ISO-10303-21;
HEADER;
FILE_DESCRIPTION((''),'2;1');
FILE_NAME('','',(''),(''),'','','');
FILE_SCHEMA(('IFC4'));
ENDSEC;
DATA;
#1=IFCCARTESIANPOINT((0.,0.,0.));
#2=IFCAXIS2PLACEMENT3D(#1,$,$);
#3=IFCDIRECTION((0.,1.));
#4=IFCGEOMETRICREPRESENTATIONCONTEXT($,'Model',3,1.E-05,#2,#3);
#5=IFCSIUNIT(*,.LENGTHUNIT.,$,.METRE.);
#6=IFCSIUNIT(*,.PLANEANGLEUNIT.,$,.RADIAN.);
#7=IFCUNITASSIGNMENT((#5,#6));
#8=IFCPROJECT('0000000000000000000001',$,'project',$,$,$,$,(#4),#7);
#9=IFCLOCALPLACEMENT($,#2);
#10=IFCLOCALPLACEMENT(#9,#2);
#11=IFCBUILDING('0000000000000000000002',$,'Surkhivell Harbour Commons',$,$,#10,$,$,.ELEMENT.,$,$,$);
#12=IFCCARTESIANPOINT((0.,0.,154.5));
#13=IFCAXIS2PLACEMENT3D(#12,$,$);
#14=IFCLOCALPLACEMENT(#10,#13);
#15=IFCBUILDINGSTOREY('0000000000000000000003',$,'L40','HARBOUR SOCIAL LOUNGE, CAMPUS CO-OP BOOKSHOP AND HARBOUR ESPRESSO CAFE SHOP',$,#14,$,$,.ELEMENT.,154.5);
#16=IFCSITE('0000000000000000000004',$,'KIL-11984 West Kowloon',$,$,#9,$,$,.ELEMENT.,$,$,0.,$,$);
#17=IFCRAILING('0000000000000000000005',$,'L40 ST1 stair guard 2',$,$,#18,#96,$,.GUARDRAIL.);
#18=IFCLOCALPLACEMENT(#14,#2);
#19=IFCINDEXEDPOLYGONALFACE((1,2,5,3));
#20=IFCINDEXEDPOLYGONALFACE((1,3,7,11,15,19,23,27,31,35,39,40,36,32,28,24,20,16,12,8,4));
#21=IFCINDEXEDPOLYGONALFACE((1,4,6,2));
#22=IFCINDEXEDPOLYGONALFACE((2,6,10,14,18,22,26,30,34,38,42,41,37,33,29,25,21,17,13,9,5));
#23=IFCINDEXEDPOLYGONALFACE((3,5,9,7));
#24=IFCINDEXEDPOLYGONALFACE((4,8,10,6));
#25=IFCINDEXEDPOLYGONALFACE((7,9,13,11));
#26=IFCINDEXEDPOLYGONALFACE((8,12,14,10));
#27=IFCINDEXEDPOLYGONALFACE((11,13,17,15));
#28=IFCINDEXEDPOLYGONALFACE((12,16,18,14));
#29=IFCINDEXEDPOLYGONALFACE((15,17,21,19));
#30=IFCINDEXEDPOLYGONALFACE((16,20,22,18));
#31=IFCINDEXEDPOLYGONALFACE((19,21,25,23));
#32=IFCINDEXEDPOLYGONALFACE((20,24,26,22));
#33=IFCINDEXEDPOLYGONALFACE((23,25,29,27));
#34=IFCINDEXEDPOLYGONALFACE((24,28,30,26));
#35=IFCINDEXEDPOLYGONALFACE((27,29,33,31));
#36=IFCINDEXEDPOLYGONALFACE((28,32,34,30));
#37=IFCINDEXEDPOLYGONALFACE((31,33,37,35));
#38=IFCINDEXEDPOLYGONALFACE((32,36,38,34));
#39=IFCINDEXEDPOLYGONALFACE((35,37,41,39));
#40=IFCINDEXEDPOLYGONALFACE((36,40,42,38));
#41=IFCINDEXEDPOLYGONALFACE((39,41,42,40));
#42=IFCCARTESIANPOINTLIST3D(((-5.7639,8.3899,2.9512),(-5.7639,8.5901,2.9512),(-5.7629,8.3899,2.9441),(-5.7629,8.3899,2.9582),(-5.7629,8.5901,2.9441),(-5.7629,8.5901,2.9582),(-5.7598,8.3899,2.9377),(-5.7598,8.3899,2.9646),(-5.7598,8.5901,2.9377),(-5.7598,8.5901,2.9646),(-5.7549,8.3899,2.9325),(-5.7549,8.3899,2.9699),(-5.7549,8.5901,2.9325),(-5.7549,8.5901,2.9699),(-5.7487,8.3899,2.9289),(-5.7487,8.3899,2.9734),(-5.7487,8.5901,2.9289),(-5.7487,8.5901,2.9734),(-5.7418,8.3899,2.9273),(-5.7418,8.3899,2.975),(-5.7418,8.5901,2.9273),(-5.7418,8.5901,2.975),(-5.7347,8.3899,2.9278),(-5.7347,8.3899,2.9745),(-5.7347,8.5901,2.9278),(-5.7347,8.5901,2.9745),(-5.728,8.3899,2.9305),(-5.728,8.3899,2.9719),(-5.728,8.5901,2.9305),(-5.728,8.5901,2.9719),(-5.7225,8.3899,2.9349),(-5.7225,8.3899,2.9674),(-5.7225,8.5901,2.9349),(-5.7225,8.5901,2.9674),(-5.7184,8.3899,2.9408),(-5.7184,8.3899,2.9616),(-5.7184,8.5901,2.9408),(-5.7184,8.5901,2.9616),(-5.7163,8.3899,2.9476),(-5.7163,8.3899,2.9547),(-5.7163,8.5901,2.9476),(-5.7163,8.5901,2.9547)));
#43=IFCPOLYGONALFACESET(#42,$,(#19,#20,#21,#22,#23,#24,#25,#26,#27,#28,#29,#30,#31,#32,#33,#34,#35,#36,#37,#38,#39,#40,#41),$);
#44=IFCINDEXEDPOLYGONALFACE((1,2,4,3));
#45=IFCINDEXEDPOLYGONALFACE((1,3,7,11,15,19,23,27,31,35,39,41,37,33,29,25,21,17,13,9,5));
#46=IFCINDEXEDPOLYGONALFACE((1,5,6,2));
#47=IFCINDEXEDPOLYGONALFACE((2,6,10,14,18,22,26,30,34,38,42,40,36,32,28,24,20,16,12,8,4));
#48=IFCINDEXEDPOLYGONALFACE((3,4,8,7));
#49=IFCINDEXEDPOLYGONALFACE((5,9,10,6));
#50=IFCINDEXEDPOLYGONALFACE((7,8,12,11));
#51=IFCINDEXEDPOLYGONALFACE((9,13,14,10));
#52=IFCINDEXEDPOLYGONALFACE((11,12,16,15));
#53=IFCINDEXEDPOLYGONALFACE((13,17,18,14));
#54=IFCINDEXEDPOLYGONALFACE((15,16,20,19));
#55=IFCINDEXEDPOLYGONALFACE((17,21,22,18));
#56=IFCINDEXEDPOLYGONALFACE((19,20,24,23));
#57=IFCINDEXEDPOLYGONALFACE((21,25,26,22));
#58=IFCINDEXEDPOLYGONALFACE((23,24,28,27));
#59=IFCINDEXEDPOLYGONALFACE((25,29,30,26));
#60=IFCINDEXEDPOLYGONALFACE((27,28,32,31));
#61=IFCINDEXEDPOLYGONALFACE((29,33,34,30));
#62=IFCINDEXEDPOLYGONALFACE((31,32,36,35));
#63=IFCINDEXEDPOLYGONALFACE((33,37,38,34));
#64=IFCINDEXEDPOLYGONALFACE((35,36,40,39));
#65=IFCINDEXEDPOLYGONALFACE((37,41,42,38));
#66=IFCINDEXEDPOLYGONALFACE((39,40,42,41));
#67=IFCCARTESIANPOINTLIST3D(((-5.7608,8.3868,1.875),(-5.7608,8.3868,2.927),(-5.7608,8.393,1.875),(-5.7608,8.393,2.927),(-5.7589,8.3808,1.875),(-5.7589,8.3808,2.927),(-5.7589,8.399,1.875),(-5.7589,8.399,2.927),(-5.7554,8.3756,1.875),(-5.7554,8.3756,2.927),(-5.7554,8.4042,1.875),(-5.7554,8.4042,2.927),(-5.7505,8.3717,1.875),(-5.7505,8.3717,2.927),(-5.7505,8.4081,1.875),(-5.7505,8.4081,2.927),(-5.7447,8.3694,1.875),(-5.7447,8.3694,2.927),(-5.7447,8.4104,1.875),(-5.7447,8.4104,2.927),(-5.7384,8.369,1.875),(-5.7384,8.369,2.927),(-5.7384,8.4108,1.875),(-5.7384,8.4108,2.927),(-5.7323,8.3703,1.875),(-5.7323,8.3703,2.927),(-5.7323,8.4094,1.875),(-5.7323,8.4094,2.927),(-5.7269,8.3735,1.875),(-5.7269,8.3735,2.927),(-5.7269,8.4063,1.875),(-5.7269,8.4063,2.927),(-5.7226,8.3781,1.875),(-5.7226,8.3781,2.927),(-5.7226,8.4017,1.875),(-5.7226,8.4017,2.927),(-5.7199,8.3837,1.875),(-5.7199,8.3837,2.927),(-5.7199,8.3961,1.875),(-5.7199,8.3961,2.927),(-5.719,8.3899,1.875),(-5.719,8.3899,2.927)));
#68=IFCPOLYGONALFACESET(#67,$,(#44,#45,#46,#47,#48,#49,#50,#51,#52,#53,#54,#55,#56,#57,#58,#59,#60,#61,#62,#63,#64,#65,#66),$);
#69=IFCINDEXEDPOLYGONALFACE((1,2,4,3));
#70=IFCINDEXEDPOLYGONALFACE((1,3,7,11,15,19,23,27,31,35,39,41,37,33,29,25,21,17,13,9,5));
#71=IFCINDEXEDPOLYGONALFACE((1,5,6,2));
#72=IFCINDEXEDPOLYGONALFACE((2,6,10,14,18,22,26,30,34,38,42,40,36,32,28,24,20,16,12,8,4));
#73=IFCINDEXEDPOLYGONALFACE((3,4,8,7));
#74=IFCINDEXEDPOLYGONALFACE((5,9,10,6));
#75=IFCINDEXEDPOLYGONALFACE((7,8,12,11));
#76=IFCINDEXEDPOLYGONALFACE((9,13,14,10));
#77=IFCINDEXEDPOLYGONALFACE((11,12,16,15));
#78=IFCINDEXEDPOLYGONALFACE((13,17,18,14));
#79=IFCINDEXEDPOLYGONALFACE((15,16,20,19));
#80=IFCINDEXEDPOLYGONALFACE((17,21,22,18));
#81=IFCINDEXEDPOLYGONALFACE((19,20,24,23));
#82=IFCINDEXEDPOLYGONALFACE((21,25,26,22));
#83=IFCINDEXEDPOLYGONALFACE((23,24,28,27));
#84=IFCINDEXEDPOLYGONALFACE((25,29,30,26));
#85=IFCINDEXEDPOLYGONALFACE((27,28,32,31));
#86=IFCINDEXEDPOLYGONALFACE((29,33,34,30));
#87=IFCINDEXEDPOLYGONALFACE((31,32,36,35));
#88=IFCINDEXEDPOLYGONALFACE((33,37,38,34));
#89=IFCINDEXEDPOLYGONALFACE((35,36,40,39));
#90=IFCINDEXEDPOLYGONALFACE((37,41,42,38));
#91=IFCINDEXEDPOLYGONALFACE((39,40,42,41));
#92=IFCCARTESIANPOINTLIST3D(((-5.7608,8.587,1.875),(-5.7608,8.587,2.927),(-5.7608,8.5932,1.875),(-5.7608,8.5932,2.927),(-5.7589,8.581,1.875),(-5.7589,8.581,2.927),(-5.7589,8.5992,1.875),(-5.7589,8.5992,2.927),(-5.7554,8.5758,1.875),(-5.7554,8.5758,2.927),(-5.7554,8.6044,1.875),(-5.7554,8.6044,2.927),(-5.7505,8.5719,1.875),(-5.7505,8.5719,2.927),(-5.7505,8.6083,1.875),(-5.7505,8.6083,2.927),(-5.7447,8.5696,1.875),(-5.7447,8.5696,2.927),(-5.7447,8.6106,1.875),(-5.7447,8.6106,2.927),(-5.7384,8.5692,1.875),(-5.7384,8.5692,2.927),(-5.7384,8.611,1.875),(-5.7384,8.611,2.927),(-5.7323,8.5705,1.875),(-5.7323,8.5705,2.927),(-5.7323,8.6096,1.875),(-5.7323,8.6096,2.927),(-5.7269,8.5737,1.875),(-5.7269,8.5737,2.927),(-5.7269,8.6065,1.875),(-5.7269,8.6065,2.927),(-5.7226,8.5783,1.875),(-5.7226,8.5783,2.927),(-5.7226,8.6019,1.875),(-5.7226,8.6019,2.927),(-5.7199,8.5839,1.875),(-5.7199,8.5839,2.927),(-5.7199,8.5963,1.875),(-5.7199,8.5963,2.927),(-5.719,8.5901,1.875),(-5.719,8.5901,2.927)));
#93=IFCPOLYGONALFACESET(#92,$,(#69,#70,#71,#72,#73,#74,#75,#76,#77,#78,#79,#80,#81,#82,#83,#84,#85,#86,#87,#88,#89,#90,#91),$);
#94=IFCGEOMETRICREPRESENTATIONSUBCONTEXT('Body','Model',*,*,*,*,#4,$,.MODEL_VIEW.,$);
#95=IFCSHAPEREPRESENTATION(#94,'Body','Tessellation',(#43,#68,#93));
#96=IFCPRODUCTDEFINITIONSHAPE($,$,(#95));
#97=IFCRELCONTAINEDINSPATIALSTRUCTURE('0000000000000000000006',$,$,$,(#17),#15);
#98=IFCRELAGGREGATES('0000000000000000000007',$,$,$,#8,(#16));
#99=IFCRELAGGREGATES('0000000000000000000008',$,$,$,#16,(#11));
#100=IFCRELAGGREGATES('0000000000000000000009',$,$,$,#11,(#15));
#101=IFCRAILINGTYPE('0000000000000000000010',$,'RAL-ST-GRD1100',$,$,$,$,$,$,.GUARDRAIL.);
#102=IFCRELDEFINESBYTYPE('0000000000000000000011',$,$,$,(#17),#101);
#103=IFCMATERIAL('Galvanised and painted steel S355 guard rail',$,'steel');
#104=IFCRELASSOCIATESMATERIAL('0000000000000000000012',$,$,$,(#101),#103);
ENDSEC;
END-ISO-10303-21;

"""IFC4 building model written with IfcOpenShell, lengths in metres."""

from ifc_helpers import new_model, si_unit, direction, frame, origin, origin_2d, place, context, subcontext, project, spatial, circle, extrude, material, type_object, element, save


model = new_model("IFC4")

# Units and contexts
model_context = context("Model", 3, precision=1e-05, world=origin(), true_north=direction((0.0, 1.0)))
body_context = subcontext(model_context, "Body", "Model", "MODEL_VIEW")
ifc_project = project(units=[si_unit("LENGTHUNIT", "METRE"), si_unit("PLANEANGLEUNIT", "RADIAN")], contexts=[model_context])

# Site, building, storey
site_placement = place(None, origin())
site = spatial("IfcSite", under=ifc_project, at=site_placement, Name="KIL-11984 West Kowloon", CompositionType="ELEMENT", RefElevation=0.0)
building_placement = place(site_placement, origin())
building = spatial("IfcBuilding", under=site, at=building_placement, Name="Surkhivell Harbour Commons", CompositionType="ELEMENT")
storey_placement = place(building_placement, frame((0.0, 0.0, 154.5)))
storey = spatial("IfcBuildingStorey", under=building, at=storey_placement, Name="L40", Description="HARBOUR SOCIAL LOUNGE, CAMPUS CO-OP BOOKSHOP AND HARBOUR ESPRESSO CAFE SHOP", CompositionType="ELEMENT", Elevation=154.5)

# Railing
ifc_material_1 = material(Name="Galvanised and painted steel S355 guard rail", Category="steel")
railing_type_1 = type_object("IfcRailingType", Name="RAL-ST-GRD1100", PredefinedType="GUARDRAIL", material=ifc_material_1)
railing_1_placement = place(storey_placement, frame((-5.74, 8.3899, 1.875)))
element("IfcRailing", 1, at=railing_1_placement, inside=storey, type_object=railing_type_1, Name="L40 ST1 stair guard 2", PredefinedType="GUARDRAIL", context=body_context, shape_type="SweptSolid", body=[
    extrude(circle(Radius=0.0239, at=origin_2d()), frame((0.0, 0.0, 1.0762), z_axis=(0.0, 1.0, 0.0), x_axis=(-1.0, 0.0, 0.0)), (0.0, 0.0, 1.0), 0.2002),
    extrude(circle(Radius=0.021, at=origin_2d()), origin(), (0.0, 0.0, 1.0), 1.052),
    extrude(circle(Radius=0.021, at=origin_2d()), frame((0.0, 0.2002, 0.0)), (0.0, 0.0, 1.0), 1.052),
])

save(model, "model.ifc")
